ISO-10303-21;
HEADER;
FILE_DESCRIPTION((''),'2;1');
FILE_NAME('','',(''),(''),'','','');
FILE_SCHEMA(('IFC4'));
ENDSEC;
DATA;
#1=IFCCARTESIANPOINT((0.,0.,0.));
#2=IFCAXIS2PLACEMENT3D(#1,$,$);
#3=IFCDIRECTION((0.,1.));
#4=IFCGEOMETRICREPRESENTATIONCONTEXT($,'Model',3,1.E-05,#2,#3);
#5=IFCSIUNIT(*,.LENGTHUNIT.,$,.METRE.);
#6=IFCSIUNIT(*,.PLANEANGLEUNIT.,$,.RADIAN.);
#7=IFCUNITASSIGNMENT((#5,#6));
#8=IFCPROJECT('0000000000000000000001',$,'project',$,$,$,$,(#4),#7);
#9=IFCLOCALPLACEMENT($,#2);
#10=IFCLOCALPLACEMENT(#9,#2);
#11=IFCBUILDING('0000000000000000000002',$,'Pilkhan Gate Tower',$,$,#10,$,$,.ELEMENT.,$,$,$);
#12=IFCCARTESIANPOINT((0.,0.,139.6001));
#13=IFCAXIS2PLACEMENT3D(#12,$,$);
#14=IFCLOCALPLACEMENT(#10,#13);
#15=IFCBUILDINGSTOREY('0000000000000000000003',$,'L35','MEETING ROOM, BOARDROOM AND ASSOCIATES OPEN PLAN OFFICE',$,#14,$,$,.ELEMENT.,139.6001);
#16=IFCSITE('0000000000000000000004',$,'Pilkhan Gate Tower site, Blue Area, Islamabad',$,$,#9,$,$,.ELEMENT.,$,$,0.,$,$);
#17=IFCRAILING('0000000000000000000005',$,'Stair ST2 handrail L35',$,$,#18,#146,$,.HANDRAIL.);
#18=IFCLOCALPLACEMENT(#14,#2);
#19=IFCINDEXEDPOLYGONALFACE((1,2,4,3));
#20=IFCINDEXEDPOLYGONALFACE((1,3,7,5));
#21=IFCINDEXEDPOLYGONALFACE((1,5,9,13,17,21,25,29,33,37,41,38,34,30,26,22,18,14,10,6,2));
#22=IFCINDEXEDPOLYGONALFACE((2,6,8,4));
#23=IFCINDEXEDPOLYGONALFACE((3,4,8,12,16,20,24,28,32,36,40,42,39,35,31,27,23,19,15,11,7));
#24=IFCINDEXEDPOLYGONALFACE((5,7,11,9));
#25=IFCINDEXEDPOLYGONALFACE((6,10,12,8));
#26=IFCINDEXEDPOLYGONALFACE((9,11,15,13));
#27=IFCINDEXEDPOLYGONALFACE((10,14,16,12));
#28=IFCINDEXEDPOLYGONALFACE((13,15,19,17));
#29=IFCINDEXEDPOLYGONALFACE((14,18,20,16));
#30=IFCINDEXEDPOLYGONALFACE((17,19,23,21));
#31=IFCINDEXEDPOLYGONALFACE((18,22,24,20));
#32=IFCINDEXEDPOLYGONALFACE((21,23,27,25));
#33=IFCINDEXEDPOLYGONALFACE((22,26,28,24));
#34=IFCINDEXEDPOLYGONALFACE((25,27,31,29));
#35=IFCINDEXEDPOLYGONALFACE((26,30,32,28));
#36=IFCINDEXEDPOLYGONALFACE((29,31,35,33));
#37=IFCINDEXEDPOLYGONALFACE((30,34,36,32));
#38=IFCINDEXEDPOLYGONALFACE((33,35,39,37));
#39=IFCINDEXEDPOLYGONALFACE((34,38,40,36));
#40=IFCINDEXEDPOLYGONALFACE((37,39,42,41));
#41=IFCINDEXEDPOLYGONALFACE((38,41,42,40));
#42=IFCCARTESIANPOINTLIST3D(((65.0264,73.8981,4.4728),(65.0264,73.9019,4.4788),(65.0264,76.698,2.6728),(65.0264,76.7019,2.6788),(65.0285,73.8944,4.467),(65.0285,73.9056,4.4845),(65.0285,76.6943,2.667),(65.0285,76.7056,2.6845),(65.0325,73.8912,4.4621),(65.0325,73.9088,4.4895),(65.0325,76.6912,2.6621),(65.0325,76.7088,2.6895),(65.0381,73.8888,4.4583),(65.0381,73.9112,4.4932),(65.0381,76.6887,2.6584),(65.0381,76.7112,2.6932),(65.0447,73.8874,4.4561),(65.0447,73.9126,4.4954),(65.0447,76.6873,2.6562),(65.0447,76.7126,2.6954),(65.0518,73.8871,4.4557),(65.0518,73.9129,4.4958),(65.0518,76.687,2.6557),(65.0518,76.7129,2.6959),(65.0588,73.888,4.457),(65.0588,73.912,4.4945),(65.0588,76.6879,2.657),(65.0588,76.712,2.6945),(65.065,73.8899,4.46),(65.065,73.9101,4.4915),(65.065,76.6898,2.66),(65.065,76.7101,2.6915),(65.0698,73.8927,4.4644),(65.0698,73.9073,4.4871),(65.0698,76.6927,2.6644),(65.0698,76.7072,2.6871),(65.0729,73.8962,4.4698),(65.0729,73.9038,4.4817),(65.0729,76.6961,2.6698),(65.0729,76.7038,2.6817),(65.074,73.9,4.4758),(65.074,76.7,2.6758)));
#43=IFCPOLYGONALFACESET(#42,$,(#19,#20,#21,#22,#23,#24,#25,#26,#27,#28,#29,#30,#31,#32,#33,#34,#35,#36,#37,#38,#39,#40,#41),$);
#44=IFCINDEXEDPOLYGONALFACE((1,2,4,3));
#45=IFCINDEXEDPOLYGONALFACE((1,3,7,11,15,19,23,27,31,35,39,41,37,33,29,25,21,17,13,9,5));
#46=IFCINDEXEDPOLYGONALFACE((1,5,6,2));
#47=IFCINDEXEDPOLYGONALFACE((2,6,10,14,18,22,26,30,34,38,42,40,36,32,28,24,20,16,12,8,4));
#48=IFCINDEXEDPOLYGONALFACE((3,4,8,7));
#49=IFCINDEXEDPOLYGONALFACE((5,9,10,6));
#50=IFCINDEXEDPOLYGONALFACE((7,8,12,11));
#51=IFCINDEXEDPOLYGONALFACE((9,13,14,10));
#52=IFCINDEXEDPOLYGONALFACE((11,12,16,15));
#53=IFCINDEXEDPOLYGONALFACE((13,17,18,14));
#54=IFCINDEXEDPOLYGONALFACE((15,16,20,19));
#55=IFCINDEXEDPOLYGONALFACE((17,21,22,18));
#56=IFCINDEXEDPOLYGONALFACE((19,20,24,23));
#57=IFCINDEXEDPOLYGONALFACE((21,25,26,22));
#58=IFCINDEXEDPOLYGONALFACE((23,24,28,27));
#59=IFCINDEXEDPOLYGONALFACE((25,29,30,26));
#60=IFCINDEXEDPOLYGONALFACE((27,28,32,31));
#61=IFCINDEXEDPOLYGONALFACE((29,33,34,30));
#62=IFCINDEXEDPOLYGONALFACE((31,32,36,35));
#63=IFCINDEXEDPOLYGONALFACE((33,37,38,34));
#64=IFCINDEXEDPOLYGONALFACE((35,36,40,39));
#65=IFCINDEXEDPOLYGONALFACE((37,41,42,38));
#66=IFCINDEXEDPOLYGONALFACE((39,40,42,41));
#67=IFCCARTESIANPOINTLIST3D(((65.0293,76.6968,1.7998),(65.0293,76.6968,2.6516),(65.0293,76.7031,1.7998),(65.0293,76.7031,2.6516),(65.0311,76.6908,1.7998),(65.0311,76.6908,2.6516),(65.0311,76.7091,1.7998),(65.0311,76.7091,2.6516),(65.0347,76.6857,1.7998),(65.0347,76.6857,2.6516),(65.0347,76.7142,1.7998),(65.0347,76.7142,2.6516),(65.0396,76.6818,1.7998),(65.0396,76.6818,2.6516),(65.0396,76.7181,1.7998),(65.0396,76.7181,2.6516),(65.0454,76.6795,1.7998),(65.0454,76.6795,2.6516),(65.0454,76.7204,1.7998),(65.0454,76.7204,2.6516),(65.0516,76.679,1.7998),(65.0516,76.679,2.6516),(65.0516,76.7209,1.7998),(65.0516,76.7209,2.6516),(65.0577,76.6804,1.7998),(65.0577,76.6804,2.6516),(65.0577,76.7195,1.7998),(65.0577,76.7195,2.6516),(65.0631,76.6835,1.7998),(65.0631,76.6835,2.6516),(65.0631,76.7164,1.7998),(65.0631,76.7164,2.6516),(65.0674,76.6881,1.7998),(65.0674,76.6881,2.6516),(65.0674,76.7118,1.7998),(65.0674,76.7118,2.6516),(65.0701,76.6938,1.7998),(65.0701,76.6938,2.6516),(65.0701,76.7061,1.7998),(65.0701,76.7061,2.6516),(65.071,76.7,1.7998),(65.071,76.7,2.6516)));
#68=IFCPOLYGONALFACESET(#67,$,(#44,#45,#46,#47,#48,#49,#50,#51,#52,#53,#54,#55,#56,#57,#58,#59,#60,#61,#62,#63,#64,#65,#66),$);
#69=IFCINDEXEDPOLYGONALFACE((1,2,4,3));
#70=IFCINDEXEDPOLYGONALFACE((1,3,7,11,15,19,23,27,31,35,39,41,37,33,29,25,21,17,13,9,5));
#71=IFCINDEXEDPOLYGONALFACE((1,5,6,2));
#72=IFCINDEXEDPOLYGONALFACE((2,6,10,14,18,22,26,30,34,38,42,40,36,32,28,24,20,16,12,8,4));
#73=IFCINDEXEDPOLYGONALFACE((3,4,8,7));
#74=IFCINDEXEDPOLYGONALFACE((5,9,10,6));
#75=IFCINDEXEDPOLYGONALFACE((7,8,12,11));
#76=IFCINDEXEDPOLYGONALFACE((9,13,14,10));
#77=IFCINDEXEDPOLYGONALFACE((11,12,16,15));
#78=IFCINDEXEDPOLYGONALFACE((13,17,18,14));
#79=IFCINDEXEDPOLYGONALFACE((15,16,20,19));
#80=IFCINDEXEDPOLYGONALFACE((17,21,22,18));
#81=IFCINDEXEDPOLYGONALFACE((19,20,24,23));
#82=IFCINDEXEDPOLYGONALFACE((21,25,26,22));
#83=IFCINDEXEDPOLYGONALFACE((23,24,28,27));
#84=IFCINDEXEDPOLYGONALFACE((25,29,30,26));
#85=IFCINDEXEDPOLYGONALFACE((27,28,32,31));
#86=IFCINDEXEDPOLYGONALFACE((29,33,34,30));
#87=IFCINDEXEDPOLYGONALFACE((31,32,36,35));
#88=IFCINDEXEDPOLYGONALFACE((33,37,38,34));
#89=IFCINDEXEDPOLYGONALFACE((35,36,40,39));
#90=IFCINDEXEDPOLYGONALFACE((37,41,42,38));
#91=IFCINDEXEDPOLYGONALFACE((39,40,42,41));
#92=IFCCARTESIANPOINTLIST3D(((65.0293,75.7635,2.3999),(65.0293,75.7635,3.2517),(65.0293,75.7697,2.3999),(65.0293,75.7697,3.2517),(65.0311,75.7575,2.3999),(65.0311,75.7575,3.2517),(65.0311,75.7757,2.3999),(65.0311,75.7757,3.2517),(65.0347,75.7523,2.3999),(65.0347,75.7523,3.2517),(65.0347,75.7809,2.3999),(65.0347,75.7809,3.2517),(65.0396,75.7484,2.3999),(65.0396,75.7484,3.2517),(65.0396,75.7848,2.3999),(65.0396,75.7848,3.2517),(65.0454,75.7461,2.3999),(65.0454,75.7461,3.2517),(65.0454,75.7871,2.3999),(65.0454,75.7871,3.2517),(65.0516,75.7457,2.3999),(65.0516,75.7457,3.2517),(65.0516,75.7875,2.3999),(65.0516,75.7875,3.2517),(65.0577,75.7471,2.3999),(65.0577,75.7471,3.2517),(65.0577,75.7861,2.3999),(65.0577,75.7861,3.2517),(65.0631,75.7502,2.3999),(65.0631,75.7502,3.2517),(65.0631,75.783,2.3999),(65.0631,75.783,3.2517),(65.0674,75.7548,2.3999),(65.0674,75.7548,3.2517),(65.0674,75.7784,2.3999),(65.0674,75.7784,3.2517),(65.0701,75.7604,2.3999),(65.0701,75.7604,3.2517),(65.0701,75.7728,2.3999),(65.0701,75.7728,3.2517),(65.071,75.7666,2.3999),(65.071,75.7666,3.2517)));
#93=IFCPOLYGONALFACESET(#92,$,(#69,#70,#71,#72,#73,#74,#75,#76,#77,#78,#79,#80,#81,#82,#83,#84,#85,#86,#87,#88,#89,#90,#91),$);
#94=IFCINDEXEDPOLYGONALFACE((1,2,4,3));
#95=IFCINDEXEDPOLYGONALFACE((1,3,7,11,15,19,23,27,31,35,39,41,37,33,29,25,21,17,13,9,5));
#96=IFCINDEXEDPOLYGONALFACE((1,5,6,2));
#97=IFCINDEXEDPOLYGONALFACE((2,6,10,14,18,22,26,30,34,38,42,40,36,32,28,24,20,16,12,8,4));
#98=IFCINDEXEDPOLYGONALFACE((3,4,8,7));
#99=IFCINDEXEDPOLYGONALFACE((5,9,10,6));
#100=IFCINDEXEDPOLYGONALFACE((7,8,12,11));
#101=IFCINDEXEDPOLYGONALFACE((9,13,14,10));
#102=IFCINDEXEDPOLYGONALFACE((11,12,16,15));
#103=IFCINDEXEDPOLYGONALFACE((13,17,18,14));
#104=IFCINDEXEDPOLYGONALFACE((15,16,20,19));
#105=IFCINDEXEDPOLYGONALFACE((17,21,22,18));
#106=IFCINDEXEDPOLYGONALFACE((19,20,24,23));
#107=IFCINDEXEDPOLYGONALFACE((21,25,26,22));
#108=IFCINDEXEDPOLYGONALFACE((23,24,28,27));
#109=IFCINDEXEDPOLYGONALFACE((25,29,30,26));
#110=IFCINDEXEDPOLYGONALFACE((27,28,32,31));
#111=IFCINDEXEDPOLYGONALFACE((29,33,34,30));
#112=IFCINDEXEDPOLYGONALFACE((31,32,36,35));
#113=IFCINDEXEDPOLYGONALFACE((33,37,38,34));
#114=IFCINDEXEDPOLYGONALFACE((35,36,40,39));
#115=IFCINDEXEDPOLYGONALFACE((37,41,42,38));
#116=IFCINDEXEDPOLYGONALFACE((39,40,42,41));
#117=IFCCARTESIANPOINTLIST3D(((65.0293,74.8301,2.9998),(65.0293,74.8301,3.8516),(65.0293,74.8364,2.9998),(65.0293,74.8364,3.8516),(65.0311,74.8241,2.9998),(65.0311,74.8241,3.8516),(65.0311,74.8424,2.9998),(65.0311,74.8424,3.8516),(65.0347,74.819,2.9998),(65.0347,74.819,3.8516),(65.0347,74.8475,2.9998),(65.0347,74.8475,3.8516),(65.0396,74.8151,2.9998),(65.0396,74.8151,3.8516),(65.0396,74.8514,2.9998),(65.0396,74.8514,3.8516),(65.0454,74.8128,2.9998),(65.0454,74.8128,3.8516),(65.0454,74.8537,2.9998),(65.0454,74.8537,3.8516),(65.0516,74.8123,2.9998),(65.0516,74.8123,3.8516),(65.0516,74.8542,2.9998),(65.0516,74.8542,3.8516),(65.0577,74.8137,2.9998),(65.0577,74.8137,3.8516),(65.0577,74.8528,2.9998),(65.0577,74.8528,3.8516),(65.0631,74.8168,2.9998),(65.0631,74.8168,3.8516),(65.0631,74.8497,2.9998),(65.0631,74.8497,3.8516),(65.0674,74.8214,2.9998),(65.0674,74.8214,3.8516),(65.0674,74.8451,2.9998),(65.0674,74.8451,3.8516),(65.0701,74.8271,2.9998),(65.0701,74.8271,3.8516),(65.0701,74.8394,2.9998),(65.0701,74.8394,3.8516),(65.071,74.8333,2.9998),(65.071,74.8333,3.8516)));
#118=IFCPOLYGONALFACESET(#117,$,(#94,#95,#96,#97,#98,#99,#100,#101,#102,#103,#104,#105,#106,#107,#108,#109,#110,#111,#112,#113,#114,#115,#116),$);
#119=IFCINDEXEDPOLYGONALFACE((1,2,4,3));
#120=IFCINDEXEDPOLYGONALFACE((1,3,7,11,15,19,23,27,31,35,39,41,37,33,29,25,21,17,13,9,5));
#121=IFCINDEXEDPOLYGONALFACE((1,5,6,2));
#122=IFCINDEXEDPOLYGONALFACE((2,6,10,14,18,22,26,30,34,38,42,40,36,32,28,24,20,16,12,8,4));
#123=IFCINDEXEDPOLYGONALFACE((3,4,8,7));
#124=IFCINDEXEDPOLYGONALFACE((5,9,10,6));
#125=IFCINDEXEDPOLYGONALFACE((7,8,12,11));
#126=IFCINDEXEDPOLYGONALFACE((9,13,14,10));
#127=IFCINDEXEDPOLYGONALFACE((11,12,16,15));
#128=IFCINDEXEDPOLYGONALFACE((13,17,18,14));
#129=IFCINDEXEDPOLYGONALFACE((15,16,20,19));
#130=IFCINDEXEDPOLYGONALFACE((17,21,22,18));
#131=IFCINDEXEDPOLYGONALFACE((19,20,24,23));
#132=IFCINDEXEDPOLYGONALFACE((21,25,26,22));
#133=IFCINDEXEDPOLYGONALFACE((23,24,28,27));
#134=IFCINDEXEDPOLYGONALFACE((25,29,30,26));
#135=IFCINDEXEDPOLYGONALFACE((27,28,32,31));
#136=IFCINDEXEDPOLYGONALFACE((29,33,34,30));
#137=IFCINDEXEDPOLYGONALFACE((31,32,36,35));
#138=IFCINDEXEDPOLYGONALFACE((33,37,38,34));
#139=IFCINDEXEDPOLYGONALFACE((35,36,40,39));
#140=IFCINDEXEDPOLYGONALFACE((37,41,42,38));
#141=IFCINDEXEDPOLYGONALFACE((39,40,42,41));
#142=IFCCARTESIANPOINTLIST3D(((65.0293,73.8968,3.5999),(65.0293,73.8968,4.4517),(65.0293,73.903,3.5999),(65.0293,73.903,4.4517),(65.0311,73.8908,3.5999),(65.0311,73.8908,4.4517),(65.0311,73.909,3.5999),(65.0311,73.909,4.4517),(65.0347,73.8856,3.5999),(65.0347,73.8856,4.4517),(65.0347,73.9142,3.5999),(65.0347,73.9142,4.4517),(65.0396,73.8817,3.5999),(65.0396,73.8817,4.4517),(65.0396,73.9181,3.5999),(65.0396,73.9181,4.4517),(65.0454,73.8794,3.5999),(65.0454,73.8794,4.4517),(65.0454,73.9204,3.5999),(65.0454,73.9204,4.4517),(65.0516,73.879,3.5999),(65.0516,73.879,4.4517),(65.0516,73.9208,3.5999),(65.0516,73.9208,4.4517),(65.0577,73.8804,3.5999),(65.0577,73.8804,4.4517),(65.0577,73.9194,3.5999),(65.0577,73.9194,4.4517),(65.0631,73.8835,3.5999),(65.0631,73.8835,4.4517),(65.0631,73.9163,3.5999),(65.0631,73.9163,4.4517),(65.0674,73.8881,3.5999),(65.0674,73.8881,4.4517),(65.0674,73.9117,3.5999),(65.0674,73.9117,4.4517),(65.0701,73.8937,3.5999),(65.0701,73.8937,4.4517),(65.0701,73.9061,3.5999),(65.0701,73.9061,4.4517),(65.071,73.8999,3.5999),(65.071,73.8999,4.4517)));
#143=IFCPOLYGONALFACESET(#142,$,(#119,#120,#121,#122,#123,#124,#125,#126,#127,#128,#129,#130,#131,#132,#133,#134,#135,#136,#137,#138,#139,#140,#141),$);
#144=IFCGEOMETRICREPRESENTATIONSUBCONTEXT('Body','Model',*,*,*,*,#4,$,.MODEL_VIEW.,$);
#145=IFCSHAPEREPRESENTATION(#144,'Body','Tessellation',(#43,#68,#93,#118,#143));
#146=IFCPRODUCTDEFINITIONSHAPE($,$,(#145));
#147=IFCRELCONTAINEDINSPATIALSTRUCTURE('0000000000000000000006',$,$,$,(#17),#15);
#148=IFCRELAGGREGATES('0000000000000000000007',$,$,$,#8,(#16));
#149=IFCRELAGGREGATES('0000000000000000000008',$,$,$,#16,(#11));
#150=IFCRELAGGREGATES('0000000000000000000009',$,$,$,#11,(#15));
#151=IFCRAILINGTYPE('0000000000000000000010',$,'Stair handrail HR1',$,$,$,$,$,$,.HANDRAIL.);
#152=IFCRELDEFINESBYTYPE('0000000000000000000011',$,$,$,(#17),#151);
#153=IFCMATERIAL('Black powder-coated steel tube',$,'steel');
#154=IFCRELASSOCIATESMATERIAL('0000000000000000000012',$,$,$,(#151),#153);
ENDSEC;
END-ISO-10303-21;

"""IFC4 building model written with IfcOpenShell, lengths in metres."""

from ifc_helpers import new_model, si_unit, direction, frame, origin, origin_2d, place, context, subcontext, project, spatial, circle, extrude, material, type_object, element, save


model = new_model("IFC4")

# Units and contexts
model_context = context("Model", 3, precision=1e-05, world=origin(), true_north=direction((0.0, 1.0)))
body_context = subcontext(model_context, "Body", "Model", "MODEL_VIEW")
ifc_project = project(units=[si_unit("LENGTHUNIT", "METRE"), si_unit("PLANEANGLEUNIT", "RADIAN")], contexts=[model_context])

# Site, building, storey
site_placement = place(None, origin())
site = spatial("IfcSite", under=ifc_project, at=site_placement, Name="Pilkhan Gate Tower site, Blue Area, Islamabad", CompositionType="ELEMENT", RefElevation=0.0)
building_placement = place(site_placement, origin())
building = spatial("IfcBuilding", under=site, at=building_placement, Name="Pilkhan Gate Tower", CompositionType="ELEMENT")
storey_placement = place(building_placement, frame((0.0, 0.0, 139.6001)))
storey = spatial("IfcBuildingStorey", under=building, at=storey_placement, Name="L35", Description="MEETING ROOM, BOARDROOM AND ASSOCIATES OPEN PLAN OFFICE", CompositionType="ELEMENT", Elevation=139.6001)

# Railing
ifc_material_1 = material(Name="Black powder-coated steel tube", Category="steel")
railing_type_1 = type_object("IfcRailingType", Name="Stair handrail HR1", PredefinedType="HANDRAIL", material=ifc_material_1)
railing_1_placement = place(storey_placement, frame((65.05, 76.7, 1.7998)))
element("IfcRailing", 1, at=railing_1_placement, inside=storey, type_object=railing_type_1, Name="Stair ST2 handrail L35", PredefinedType="HANDRAIL", context=body_context, shape_type="SweptSolid", body=[
    extrude(circle(Radius=0.0239, at=origin_2d()), frame((0.0, 0.0, 0.876), z_axis=(0.0, -0.841176, 0.540761), x_axis=(1.0, 0.0, 0.0)), (0.0, 0.0, 1.0), 3.3286),
    extrude(circle(Radius=0.021, at=origin_2d()), origin(), (0.0, 0.0, 1.0), 0.8518),
    extrude(circle(Radius=0.021, at=origin_2d()), frame((0.0, -0.9333, 0.6001)), (0.0, 0.0, 1.0), 0.8518),
    extrude(circle(Radius=0.021, at=origin_2d()), frame((0.0, -1.8667, 1.2)), (0.0, 0.0, 1.0), 0.8518),
    extrude(circle(Radius=0.021, at=origin_2d()), frame((0.0, -2.8, 1.8)), (0.0, 0.0, 1.0), 0.8518),
])

save(model, "model.ifc")
